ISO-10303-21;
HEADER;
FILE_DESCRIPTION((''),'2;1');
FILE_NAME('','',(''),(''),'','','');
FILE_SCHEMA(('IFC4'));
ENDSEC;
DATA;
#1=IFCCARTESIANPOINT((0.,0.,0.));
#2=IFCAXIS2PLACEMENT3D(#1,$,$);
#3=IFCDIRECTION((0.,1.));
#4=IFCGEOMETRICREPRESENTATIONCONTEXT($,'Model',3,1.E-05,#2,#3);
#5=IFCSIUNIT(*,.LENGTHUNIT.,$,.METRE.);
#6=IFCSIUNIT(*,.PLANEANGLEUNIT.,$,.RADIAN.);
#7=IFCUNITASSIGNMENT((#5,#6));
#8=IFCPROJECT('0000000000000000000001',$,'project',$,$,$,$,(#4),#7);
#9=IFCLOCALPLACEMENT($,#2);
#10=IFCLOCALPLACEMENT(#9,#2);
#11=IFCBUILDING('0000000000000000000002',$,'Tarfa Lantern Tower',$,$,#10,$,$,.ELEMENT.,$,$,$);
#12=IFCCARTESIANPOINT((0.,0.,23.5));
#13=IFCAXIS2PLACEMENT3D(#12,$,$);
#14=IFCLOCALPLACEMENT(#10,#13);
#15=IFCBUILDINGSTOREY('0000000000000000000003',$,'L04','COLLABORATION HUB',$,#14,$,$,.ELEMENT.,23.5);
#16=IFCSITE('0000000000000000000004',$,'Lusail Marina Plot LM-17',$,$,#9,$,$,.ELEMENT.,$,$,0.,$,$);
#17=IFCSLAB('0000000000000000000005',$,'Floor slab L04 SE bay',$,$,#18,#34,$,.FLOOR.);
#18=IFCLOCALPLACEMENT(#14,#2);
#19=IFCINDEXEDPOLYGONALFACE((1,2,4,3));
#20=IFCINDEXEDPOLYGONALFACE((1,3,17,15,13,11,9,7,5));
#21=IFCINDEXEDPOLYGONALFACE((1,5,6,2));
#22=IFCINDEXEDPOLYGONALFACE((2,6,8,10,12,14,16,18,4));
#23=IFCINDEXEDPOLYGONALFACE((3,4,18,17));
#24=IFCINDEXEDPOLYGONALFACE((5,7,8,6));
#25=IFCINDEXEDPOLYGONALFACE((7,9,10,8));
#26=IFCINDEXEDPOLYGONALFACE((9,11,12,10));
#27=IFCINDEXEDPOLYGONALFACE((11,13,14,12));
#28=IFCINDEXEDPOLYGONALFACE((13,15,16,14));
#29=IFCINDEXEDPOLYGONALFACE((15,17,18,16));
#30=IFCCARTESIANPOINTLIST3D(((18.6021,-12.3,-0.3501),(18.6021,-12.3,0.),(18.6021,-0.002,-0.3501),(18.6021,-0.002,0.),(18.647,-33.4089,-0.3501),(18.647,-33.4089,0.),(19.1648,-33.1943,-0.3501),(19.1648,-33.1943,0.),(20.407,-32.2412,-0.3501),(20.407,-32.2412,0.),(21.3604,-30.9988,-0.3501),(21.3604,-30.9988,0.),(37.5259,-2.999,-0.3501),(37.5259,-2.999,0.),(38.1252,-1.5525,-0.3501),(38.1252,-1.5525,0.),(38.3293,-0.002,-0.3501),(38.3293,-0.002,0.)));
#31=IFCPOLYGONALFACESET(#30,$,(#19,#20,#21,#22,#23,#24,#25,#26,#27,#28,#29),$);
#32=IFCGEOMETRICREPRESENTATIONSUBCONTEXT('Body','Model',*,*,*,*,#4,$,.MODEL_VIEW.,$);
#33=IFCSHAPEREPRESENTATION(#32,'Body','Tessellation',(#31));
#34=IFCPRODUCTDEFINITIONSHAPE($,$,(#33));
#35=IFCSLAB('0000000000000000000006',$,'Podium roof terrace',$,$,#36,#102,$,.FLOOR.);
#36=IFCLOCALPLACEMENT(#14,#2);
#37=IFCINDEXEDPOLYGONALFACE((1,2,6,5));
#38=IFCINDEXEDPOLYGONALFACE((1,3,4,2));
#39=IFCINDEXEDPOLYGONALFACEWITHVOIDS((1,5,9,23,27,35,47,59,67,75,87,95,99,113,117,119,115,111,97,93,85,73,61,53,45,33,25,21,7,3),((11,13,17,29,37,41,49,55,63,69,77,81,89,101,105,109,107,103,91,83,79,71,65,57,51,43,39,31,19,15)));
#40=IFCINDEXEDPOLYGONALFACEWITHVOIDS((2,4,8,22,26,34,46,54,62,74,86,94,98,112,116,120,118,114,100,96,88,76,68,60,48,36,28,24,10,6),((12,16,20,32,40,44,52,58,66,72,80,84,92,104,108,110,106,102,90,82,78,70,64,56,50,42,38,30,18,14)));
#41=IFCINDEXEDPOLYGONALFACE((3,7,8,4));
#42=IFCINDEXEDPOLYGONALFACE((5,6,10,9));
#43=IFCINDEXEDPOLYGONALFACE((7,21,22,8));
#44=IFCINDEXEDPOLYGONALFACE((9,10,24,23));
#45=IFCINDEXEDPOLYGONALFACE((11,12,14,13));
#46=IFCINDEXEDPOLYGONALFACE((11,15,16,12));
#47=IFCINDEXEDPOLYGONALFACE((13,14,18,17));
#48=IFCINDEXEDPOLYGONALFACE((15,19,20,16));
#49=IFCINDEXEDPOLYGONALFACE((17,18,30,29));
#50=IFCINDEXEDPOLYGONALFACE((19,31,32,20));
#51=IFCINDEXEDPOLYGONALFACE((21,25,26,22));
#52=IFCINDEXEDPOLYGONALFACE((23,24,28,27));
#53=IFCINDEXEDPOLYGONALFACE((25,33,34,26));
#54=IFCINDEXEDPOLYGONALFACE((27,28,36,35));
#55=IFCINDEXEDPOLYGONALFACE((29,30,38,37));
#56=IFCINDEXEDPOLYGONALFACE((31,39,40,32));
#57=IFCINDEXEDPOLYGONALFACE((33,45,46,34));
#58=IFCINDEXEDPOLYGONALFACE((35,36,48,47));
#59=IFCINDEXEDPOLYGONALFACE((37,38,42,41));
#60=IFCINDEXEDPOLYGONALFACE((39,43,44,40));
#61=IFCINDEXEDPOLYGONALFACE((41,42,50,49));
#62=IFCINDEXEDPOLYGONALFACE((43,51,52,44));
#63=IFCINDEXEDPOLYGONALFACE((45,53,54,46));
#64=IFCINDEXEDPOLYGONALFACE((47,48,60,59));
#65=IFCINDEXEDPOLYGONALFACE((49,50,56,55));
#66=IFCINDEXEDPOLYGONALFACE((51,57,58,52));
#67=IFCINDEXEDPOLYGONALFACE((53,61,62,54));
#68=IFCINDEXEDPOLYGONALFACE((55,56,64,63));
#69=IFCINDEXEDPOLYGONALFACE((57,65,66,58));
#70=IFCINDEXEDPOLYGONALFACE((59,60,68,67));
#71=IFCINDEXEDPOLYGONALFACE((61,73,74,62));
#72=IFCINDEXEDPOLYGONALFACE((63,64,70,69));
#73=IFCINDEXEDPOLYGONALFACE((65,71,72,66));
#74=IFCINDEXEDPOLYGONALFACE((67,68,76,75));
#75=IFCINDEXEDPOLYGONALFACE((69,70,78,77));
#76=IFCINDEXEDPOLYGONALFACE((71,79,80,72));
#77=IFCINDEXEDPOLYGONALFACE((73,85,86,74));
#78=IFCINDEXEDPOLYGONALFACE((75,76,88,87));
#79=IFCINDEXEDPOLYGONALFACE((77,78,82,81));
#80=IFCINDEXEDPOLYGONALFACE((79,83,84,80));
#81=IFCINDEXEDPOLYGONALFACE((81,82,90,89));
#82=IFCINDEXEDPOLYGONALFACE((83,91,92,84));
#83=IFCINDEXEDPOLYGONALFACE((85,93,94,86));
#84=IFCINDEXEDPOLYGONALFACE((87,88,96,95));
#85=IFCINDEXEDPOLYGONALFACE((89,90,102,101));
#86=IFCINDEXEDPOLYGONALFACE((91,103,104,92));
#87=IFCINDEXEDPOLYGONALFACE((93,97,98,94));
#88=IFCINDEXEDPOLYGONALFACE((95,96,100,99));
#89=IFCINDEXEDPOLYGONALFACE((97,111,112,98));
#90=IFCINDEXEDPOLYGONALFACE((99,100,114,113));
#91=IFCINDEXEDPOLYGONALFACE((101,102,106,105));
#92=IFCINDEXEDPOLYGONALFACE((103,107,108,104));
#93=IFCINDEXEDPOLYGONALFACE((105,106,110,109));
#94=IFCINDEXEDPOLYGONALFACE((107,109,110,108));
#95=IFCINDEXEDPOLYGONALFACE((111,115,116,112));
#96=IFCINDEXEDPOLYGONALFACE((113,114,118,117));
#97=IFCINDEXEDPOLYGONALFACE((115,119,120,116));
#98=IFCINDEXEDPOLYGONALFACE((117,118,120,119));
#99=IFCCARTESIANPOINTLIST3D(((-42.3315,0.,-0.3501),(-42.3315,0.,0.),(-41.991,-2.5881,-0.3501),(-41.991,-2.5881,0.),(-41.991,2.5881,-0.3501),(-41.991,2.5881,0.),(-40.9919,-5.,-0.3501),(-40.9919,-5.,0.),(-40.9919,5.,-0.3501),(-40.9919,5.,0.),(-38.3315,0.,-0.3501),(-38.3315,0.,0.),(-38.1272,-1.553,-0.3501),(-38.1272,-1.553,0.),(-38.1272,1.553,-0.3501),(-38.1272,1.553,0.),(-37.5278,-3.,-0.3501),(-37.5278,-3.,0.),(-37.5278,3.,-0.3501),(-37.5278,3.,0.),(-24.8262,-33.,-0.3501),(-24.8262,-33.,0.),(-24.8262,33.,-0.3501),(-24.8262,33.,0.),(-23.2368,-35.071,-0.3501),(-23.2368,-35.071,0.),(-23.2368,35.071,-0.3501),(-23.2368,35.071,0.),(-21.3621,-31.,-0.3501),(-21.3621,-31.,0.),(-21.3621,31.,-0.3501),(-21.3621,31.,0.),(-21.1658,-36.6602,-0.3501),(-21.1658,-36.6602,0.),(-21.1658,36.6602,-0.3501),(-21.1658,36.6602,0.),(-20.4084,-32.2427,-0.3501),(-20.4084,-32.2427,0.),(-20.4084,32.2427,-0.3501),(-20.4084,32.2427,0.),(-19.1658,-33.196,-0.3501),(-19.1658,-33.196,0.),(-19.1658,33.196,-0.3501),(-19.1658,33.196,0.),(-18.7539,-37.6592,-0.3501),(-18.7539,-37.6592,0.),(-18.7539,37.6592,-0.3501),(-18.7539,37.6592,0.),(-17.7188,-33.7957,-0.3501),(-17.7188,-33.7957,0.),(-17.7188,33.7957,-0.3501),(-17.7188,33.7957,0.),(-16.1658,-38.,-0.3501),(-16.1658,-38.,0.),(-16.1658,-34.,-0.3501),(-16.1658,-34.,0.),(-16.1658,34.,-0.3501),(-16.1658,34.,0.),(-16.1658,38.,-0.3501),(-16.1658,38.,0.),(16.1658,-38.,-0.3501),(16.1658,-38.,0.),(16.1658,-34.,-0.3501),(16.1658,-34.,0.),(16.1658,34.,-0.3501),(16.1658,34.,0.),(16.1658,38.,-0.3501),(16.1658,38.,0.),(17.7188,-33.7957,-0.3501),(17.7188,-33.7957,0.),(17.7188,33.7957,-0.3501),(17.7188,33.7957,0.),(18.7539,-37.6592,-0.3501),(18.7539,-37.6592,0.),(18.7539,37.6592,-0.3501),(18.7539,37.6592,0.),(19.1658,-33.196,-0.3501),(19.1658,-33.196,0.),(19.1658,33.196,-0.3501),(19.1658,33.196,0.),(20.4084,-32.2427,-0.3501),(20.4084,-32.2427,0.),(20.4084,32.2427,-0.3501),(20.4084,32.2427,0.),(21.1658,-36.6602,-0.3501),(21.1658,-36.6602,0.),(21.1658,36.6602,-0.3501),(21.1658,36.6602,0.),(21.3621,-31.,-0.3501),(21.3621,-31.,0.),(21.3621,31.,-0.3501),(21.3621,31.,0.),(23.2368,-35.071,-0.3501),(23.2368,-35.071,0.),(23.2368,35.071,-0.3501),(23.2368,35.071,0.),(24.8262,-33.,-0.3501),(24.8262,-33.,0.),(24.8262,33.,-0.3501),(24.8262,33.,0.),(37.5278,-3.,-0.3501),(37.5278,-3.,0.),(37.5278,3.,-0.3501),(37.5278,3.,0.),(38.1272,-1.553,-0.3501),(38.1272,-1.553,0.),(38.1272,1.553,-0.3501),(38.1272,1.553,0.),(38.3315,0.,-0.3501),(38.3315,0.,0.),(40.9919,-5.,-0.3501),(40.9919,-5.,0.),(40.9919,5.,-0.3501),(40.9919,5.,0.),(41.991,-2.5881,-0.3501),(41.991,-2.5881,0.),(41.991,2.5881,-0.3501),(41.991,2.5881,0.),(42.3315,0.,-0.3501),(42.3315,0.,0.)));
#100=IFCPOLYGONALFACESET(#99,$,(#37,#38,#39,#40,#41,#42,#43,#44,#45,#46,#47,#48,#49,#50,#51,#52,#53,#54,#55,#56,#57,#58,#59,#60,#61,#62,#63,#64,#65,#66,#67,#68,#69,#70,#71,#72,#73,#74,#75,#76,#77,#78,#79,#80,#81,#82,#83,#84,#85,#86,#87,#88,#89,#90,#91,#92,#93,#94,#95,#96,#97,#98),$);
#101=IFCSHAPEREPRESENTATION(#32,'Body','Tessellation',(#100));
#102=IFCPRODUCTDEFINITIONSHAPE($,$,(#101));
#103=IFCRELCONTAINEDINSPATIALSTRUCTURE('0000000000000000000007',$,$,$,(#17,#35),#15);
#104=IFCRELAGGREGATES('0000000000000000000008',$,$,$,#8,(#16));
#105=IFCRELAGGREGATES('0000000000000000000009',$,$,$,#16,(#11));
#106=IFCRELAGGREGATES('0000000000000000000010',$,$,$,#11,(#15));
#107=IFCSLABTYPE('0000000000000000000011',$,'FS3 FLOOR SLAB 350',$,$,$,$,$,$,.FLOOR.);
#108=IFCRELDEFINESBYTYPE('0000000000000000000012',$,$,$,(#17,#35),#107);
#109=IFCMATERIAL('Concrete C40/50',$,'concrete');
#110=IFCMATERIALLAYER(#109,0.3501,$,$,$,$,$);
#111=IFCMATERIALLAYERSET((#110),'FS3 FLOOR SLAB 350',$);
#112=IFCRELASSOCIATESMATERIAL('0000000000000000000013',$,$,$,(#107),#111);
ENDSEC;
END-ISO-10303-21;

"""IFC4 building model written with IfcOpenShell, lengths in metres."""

from ifc_helpers import new_model, si_unit, direction, frame, origin, place, context, subcontext, project, spatial, polyline, outline, extrude, material, layer, layer_set, type_object, element, save


model = new_model("IFC4")

# Units and contexts
model_context = context("Model", 3, precision=1e-05, world=origin(), true_north=direction((0.0, 1.0)))
body_context = subcontext(model_context, "Body", "Model", "MODEL_VIEW")
ifc_project = project(units=[si_unit("LENGTHUNIT", "METRE"), si_unit("PLANEANGLEUNIT", "RADIAN")], contexts=[model_context])

# Site, building, storey
site_placement = place(None, origin())
site = spatial("IfcSite", under=ifc_project, at=site_placement, Name="Lusail Marina Plot LM-17", CompositionType="ELEMENT", RefElevation=0.0)
building_placement = place(site_placement, origin())
building = spatial("IfcBuilding", under=site, at=building_placement, Name="Tarfa Lantern Tower", CompositionType="ELEMENT")
storey_placement = place(building_placement, frame((0.0, 0.0, 23.5)))
storey = spatial("IfcBuildingStorey", under=building, at=storey_placement, Name="L04", Description="COLLABORATION HUB", CompositionType="ELEMENT", Elevation=23.5)

# Slabs
ifc_material_1 = material(Name="Concrete C40/50", Category="concrete")
ifc_layer_1 = layer(ifc_material_1, 0.3501)
ifc_layer_set_1 = layer_set([ifc_layer_1], Name="FS3 FLOOR SLAB 350")
slab_type_1 = type_object("IfcSlabType", Name="FS3 FLOOR SLAB 350", PredefinedType="FLOOR", material=ifc_layer_set_1)
slab_1_placement = place(storey_placement, frame((0.0, 0.0, -0.3501)))
element("IfcSlab", 1, at=slab_1_placement, inside=storey, type_object=slab_type_1, Name="Floor slab L04 SE bay", PredefinedType="FLOOR", context=body_context, shape_type="SweptSolid", body=[
    extrude(outline(polyline([(18.6021, -0.002), (18.6021, -12.3), (18.647, -33.4089), (19.1648, -33.1943), (20.407, -32.2412), (21.3604, -30.9988), (37.5259, -2.999), (38.1252, -1.5525), (38.3293, -0.002), (18.6021, -0.002)])), origin(), (0.0, 0.0, 1.0), 0.3501),
])
slab_2_placement = place(storey_placement, frame((0.0, 0.0, -0.3501)))
element("IfcSlab", 2, at=slab_2_placement, inside=storey, type_object=slab_type_1, Name="Podium roof terrace", PredefinedType="FLOOR", context=body_context, shape_type="SweptSolid", body=[
    extrude(outline(polyline([(40.9919, 5.0), (24.8262, 33.0), (23.2368, 35.071), (21.1658, 36.6602), (18.7539, 37.6592), (16.1658, 38.0), (-16.1658, 38.0), (-18.7539, 37.6592), (-21.1658, 36.6602), (-23.2368, 35.071), (-24.8262, 33.0), (-40.9919, 5.0), (-41.991, 2.5881), (-42.3315, 0.0), (-41.991, -2.5881), (-40.9919, -5.0), (-24.8262, -33.0), (-23.2368, -35.071), (-21.1658, -36.6602), (-18.7539, -37.6592), (-16.1658, -38.0), (16.1658, -38.0), (18.7539, -37.6592), (21.1658, -36.6602), (23.2368, -35.071), (24.8262, -33.0), (40.9919, -5.0), (41.991, -2.5881), (42.3315, 0.0), (41.991, 2.5881), (40.9919, 5.0)]), holes=[polyline([(37.5278, 3.0), (21.3621, 31.0), (20.4084, 32.2427), (19.1658, 33.196), (17.7188, 33.7957), (16.1658, 34.0), (-16.1658, 34.0), (-17.7188, 33.7957), (-19.1658, 33.196), (-20.4084, 32.2427), (-21.3621, 31.0), (-37.5278, 3.0), (-38.1272, 1.553), (-38.3315, 0.0), (-38.1272, -1.553), (-37.5278, -3.0), (-21.3621, -31.0), (-20.4084, -32.2427), (-19.1658, -33.196), (-17.7188, -33.7957), (-16.1658, -34.0), (16.1658, -34.0), (17.7188, -33.7957), (19.1658, -33.196), (20.4084, -32.2427), (21.3621, -31.0), (37.5278, -3.0), (38.1272, -1.553), (38.3315, 0.0), (38.1272, 1.553), (37.5278, 3.0)])]), origin(), (0.0, 0.0, 1.0), 0.3501),
])

save(model, "model.ifc")
